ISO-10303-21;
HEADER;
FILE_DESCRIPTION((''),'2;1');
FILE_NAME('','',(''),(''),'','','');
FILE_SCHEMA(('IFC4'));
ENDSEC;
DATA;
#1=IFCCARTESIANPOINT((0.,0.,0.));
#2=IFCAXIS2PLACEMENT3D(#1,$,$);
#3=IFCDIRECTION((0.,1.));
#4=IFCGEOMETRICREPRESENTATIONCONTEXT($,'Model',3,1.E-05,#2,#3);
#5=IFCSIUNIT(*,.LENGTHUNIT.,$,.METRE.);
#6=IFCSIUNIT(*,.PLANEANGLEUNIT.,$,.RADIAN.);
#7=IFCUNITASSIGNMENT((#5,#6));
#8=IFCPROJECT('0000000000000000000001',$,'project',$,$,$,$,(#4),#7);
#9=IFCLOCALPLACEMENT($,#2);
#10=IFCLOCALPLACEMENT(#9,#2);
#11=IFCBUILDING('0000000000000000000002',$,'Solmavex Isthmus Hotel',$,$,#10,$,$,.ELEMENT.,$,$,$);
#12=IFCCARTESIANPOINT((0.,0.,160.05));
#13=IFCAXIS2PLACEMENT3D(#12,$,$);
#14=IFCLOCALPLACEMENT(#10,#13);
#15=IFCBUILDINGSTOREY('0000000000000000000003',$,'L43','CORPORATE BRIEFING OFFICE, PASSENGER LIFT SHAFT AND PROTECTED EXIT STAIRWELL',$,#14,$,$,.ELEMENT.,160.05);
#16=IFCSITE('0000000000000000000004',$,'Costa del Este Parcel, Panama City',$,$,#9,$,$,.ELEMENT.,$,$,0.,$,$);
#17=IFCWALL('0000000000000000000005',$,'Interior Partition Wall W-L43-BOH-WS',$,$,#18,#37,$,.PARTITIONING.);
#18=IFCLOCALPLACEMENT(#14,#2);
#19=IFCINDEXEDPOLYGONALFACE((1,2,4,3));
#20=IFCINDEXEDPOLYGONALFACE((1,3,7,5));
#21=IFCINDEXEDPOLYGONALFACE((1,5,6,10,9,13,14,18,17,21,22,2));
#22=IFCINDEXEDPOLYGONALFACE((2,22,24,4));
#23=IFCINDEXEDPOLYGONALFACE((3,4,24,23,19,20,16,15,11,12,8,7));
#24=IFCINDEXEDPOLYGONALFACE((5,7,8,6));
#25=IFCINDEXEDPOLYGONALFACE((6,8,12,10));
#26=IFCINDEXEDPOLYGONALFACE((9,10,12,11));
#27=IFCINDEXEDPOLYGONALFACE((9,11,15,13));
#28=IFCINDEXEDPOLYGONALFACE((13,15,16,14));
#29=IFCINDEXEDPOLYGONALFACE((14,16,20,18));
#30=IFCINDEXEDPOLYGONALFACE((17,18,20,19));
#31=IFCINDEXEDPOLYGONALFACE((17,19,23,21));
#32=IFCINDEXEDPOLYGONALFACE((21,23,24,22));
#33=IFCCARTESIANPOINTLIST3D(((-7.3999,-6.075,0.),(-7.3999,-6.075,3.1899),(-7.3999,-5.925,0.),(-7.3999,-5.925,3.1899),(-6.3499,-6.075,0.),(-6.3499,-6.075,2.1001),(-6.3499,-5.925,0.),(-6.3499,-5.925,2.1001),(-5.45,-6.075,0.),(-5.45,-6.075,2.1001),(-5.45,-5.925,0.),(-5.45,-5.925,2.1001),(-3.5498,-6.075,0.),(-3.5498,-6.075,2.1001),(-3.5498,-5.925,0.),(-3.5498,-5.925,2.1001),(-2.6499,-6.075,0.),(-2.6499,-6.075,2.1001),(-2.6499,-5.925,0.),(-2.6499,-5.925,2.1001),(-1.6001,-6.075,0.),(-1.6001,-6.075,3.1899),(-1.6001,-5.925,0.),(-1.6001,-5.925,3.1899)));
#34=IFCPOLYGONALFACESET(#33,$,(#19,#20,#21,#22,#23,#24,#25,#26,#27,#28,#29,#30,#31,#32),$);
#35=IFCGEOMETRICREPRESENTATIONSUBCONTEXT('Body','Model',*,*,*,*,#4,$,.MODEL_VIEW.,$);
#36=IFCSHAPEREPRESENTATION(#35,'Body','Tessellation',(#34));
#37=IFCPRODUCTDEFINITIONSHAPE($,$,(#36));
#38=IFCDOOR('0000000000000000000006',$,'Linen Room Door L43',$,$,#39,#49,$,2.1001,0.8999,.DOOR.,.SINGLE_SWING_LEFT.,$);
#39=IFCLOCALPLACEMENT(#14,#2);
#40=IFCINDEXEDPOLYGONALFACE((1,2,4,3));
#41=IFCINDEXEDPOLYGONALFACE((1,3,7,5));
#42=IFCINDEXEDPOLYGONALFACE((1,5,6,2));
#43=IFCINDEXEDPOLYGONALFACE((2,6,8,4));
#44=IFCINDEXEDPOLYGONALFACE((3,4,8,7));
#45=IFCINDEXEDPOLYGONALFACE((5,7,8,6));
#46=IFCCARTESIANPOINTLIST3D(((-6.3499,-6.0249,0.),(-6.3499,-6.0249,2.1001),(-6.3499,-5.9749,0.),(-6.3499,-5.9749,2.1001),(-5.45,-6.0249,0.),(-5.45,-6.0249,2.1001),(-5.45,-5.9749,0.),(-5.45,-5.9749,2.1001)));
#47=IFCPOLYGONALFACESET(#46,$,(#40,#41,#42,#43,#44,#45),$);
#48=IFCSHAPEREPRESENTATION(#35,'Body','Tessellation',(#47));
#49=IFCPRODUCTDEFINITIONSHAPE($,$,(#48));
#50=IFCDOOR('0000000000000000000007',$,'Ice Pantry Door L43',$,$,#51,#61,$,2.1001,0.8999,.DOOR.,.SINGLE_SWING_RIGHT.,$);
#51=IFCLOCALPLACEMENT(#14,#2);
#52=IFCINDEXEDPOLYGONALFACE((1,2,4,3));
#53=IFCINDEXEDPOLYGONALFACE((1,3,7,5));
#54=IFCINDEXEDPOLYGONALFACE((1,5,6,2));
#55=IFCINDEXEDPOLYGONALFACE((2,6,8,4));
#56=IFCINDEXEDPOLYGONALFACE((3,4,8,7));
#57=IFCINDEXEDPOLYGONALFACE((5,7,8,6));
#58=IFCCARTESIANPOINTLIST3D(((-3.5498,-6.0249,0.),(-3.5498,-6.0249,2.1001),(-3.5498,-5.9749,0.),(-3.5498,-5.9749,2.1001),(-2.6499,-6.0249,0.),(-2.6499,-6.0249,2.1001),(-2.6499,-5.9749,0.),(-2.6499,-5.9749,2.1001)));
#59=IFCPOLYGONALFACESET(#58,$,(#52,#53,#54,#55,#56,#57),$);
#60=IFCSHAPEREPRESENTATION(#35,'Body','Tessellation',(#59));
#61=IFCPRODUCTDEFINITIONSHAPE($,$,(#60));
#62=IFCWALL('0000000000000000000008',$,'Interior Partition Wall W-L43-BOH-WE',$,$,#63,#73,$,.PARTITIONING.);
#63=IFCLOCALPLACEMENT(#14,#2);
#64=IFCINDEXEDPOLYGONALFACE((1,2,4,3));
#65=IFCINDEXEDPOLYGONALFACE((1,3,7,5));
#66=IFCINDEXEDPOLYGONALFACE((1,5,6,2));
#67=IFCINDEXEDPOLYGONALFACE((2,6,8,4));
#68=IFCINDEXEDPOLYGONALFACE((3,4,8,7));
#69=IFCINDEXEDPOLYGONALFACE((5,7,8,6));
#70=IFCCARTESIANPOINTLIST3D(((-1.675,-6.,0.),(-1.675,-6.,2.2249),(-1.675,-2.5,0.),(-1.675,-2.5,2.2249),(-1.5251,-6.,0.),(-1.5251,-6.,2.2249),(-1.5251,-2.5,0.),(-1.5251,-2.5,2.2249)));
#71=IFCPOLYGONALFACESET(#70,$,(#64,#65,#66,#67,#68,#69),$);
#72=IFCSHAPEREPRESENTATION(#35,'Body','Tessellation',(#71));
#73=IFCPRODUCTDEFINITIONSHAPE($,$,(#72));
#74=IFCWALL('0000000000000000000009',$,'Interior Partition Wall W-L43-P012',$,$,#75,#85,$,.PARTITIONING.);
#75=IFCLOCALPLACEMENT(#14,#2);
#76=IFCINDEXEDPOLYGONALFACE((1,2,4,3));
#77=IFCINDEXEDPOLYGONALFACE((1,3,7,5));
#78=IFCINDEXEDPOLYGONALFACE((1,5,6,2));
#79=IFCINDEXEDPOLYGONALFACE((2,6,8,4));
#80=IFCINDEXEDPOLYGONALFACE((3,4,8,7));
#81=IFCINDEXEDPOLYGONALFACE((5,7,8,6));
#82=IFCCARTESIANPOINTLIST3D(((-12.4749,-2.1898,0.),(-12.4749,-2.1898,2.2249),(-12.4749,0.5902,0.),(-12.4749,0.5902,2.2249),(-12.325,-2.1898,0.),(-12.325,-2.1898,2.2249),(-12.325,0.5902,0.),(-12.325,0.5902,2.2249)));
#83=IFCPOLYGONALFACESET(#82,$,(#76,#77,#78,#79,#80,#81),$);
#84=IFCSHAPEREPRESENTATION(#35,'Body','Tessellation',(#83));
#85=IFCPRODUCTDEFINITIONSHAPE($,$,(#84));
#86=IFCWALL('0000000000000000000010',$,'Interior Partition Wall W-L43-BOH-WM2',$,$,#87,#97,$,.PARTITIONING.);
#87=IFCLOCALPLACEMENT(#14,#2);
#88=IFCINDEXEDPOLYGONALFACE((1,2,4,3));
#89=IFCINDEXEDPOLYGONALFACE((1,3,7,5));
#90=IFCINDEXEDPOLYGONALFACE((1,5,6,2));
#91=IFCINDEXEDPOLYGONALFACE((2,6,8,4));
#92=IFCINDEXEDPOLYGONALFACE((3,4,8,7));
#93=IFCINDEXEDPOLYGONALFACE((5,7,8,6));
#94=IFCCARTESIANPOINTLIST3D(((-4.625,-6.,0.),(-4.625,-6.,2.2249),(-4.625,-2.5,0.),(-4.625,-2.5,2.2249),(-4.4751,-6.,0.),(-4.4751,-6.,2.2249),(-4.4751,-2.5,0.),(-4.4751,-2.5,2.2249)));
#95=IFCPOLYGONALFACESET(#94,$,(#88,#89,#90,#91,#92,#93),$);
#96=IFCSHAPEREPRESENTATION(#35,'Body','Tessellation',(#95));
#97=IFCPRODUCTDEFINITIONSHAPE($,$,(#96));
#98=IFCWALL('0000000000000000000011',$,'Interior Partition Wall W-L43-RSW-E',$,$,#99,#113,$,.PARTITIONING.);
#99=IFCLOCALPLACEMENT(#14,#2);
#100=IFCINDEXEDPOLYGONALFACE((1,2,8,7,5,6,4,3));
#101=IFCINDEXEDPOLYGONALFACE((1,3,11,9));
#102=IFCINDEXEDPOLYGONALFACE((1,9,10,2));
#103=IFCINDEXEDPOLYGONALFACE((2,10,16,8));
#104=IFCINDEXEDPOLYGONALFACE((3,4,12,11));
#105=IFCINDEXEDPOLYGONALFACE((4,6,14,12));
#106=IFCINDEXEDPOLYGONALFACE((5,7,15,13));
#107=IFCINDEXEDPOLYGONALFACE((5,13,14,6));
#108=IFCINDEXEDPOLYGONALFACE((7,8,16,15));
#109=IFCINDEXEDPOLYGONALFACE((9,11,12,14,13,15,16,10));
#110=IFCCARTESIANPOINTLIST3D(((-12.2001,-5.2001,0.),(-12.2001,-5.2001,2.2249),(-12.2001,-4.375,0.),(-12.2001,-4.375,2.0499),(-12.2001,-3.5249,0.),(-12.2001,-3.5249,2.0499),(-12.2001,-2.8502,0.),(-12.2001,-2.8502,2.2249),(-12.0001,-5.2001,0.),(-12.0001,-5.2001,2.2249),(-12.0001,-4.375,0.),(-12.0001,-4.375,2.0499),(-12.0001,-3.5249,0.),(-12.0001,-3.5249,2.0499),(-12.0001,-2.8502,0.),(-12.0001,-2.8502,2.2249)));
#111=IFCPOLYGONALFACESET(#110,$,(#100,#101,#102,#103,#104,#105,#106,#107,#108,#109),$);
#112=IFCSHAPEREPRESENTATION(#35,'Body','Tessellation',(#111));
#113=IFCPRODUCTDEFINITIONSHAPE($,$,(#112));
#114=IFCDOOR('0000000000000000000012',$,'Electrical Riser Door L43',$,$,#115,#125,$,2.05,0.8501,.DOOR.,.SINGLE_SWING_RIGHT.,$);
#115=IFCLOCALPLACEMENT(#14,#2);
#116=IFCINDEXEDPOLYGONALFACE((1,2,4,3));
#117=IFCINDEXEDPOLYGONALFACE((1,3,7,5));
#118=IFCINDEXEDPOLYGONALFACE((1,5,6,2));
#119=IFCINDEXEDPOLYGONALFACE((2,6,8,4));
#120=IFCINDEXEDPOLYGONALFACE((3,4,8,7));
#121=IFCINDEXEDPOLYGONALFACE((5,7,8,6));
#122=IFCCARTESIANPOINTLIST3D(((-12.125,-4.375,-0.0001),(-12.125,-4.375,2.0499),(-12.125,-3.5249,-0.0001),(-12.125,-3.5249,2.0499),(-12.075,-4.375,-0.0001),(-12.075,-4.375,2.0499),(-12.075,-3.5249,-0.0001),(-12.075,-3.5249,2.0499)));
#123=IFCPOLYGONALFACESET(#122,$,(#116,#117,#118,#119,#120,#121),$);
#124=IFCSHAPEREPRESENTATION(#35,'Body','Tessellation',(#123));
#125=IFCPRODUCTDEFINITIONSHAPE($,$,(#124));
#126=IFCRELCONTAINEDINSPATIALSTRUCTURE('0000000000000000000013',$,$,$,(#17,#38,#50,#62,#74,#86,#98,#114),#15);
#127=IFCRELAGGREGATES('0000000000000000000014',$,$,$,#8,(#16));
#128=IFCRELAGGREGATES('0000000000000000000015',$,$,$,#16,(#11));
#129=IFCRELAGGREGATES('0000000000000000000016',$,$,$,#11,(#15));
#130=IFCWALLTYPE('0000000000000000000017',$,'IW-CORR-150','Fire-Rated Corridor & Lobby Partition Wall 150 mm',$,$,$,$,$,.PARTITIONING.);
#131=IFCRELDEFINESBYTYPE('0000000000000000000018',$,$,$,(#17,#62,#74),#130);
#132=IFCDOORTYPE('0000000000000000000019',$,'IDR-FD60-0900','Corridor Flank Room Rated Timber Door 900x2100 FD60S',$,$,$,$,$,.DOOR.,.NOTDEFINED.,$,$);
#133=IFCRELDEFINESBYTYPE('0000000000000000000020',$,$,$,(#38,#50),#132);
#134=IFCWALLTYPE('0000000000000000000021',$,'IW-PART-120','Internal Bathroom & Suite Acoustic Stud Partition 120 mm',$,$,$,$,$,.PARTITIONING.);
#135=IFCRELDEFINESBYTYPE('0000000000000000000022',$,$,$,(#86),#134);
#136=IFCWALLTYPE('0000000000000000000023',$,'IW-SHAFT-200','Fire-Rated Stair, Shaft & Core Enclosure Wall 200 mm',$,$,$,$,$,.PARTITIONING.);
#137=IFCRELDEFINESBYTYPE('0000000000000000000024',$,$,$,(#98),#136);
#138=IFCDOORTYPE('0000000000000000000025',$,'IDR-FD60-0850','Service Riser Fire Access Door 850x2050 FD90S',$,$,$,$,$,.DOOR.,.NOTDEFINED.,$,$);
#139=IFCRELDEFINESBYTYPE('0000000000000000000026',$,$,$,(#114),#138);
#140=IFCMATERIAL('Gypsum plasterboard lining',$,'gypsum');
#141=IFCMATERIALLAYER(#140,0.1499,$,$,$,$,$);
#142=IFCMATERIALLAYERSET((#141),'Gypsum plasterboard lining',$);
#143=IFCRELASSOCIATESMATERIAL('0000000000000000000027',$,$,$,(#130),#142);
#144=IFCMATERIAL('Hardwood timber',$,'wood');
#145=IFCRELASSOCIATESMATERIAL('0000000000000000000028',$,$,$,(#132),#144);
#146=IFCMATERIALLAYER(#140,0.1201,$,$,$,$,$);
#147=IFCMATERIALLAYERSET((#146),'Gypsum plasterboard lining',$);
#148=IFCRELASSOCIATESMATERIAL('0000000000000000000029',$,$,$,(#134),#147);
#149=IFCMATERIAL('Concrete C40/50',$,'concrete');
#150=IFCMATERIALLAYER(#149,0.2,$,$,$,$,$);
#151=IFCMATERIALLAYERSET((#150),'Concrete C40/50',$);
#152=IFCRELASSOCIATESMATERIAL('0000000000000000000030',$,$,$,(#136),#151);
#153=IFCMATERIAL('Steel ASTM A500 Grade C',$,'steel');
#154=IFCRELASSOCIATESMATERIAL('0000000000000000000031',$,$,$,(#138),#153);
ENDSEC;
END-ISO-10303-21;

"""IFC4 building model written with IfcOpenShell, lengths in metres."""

from ifc_helpers import new_model, si_unit, direction, frame, frame_2d, origin, place, context, subcontext, project, spatial, rectangle, extrude, material, layer, layer_set, type_object, element, fill, save


model = new_model("IFC4")

# Units and contexts
model_context = context("Model", 3, precision=1e-05, world=origin(), true_north=direction((0.0, 1.0)))
body_context = subcontext(model_context, "Body", "Model", "MODEL_VIEW")
ifc_project = project(units=[si_unit("LENGTHUNIT", "METRE"), si_unit("PLANEANGLEUNIT", "RADIAN")], contexts=[model_context])

# Site, building, storey
site_placement = place(None, origin())
site = spatial("IfcSite", under=ifc_project, at=site_placement, Name="Costa del Este Parcel, Panama City", CompositionType="ELEMENT", RefElevation=0.0)
building_placement = place(site_placement, origin())
building = spatial("IfcBuilding", under=site, at=building_placement, Name="Solmavex Isthmus Hotel", CompositionType="ELEMENT")
storey_placement = place(building_placement, frame((0.0, 0.0, 160.05)))
storey = spatial("IfcBuildingStorey", under=building, at=storey_placement, Name="L43", Description="CORPORATE BRIEFING OFFICE, PASSENGER LIFT SHAFT AND PROTECTED EXIT STAIRWELL", CompositionType="ELEMENT", Elevation=160.05)

# Shared definitions
ifc_material_1 = material(Name="Concrete C40/50", Category="concrete")

# Wall, openings, doors
ifc_material_2 = material(Name="Gypsum plasterboard lining", Category="gypsum")
ifc_layer_1 = layer(ifc_material_2, 0.1499)
ifc_layer_set_1 = layer_set([ifc_layer_1], Name="Gypsum plasterboard lining")
wall_type_1 = type_object("IfcWallType", Name="IW-CORR-150", Description="Fire-Rated Corridor & Lobby Partition Wall 150 mm", PredefinedType="PARTITIONING", material=ifc_layer_set_1)
wall_1_placement = place(storey_placement, frame((-7.3999, -6.0, 0.0), z_axis=(0.0, 0.0, 1.0), x_axis=(1.0, 0.0, 0.0)))
wall_1 = element("IfcWall", 1, at=wall_1_placement, inside=storey, type_object=wall_type_1, Name="Interior Partition Wall W-L43-BOH-WS", PredefinedType="PARTITIONING", context=body_context, shape_type="SweptSolid", body=[
    extrude(rectangle(XDim=5.7998, YDim=0.1499, at=frame_2d((2.8999, 0.0))), origin(), (0.0, 0.0, 1.0), 3.1899),
])
opening_1_placement = place(wall_1_placement, frame((1.05, 0.0, 0.0)))
opening_1 = element("IfcOpeningElement", 2, at=opening_1_placement, cuts=wall_1, PredefinedType="OPENING", context=body_context, shape_type="SweptSolid", body=[
    extrude(rectangle(XDim=0.8999, YDim=2.1001, at=frame_2d((0.45, 1.05))), frame((0.0, 0.085, 0.0), z_axis=(0.0, -1.0, 0.0), x_axis=(1.0, 0.0, 0.0)), (0.0, 0.0, 1.0), 0.1699),
])
opening_2_placement = place(wall_1_placement, frame((3.8501, 0.0, 0.0)))
opening_2 = element("IfcOpeningElement", 3, at=opening_2_placement, cuts=wall_1, PredefinedType="OPENING", context=body_context, shape_type="SweptSolid", body=[
    extrude(rectangle(XDim=0.8999, YDim=2.1001, at=frame_2d((0.45, 1.05))), frame((0.0, 0.085, 0.0), z_axis=(0.0, -1.0, 0.0), x_axis=(1.0, 0.0, 0.0)), (0.0, 0.0, 1.0), 0.1699),
])
ifc_material_3 = material(Name="Hardwood timber", Category="wood")
door_type_1 = type_object("IfcDoorType", Name="IDR-FD60-0900", Description="Corridor Flank Room Rated Timber Door 900x2100 FD60S", OperationType="NOTDEFINED", PredefinedType="DOOR", material=ifc_material_3)
door_1_placement = place(opening_1_placement, frame((0.8999, 0.0, 0.0), z_axis=(0.0, 0.0, 1.0), x_axis=(-1.0, 0.0, 0.0)))
door_1 = element("IfcDoor", 4, at=door_1_placement, inside=storey, type_object=door_type_1, Name="Linen Room Door L43", OperationType="SINGLE_SWING_LEFT", OverallHeight=2.1001, OverallWidth=0.8999, PredefinedType="DOOR", context=body_context, shape_type="SweptSolid", body=[
    extrude(rectangle(XDim=0.8999, YDim=2.1001, at=frame_2d((0.45, 1.05))), frame((0.0, 0.0249, 0.0), z_axis=(0.0, -1.0, 0.0), x_axis=(1.0, 0.0, 0.0)), (0.0, 0.0, 1.0), 0.05),
])
fill(opening_1, door_1)
door_2_placement = place(opening_2_placement, frame((0.8999, 0.0, 0.0), z_axis=(0.0, 0.0, 1.0), x_axis=(-1.0, 0.0, 0.0)))
door_2 = element("IfcDoor", 5, at=door_2_placement, inside=storey, type_object=door_type_1, Name="Ice Pantry Door L43", OperationType="SINGLE_SWING_RIGHT", OverallHeight=2.1001, OverallWidth=0.8999, PredefinedType="DOOR", context=body_context, shape_type="SweptSolid", body=[
    extrude(rectangle(XDim=0.8999, YDim=2.1001, at=frame_2d((0.45, 1.05))), frame((0.0, 0.0249, 0.0), z_axis=(0.0, -1.0, 0.0), x_axis=(1.0, 0.0, 0.0)), (0.0, 0.0, 1.0), 0.05),
])
fill(opening_2, door_2)

# Walls
wall_2_placement = place(storey_placement, frame((-1.6001, -6.0, 0.0), z_axis=(0.0, 0.0, 1.0), x_axis=(0.0, 1.0, 0.0)))
element("IfcWall", 6, at=wall_2_placement, inside=storey, type_object=wall_type_1, Name="Interior Partition Wall W-L43-BOH-WE", PredefinedType="PARTITIONING", context=body_context, shape_type="SweptSolid", body=[
    extrude(rectangle(XDim=3.5, YDim=0.1499, at=frame_2d((1.75, 0.0))), origin(), (0.0, 0.0, 1.0), 2.2249),
])
wall_3_placement = place(storey_placement, frame((-12.3999, -2.1899, 0.0), z_axis=(0.0, 0.0, 1.0), x_axis=(0.0, 1.0, 0.0)))
element("IfcWall", 7, at=wall_3_placement, inside=storey, type_object=wall_type_1, Name="Interior Partition Wall W-L43-P012", PredefinedType="PARTITIONING", context=body_context, shape_type="SweptSolid", body=[
    extrude(rectangle(XDim=2.78, YDim=0.1499, at=frame_2d((1.3901, 0.0))), origin(), (0.0, 0.0, 1.0), 2.2249),
])
ifc_layer_2 = layer(ifc_material_2, 0.1201)
ifc_layer_set_2 = layer_set([ifc_layer_2], Name="Gypsum plasterboard lining")
wall_type_2 = type_object("IfcWallType", Name="IW-PART-120", Description="Internal Bathroom & Suite Acoustic Stud Partition 120 mm", PredefinedType="PARTITIONING", material=ifc_layer_set_2)
wall_4_placement = place(storey_placement, frame((-4.55, -6.0, 0.0), z_axis=(0.0, 0.0, 1.0), x_axis=(0.0, 1.0, 0.0)))
element("IfcWall", 8, at=wall_4_placement, inside=storey, type_object=wall_type_2, Name="Interior Partition Wall W-L43-BOH-WM2", PredefinedType="PARTITIONING", context=body_context, shape_type="SweptSolid", body=[
    extrude(rectangle(XDim=3.5, YDim=0.1499, at=frame_2d((1.75, 0.0))), origin(), (0.0, 0.0, 1.0), 2.2249),
])

# Wall, opening, door
ifc_layer_3 = layer(ifc_material_1, 0.2)
ifc_layer_set_3 = layer_set([ifc_layer_3], Name="Concrete C40/50")
wall_type_3 = type_object("IfcWallType", Name="IW-SHAFT-200", Description="Fire-Rated Stair, Shaft & Core Enclosure Wall 200 mm", PredefinedType="PARTITIONING", material=ifc_layer_set_3)
wall_5_placement = place(storey_placement, frame((-12.1001, -5.2, 0.0), z_axis=(0.0, 0.0, 1.0), x_axis=(0.0, 1.0, 0.0)))
wall_5 = element("IfcWall", 9, at=wall_5_placement, inside=storey, type_object=wall_type_3, Name="Interior Partition Wall W-L43-RSW-E", PredefinedType="PARTITIONING", context=body_context, shape_type="SweptSolid", body=[
    extrude(rectangle(XDim=2.3499, YDim=0.2, at=frame_2d((1.1748, 0.0))), origin(), (0.0, 0.0, 1.0), 2.2249),
])
opening_3_placement = place(wall_5_placement, frame((0.825, 0.0, 0.0)))
opening_3 = element("IfcOpeningElement", 10, at=opening_3_placement, cuts=wall_5, PredefinedType="OPENING", context=body_context, shape_type="SweptSolid", body=[
    extrude(rectangle(XDim=0.8501, YDim=2.05, at=frame_2d((0.425, 1.0249))), frame((0.0, 0.1099, 0.0), z_axis=(0.0, -1.0, 0.0), x_axis=(1.0, 0.0, 0.0)), (0.0, 0.0, 1.0), 0.22),
])
ifc_material_4 = material(Name="Steel ASTM A500 Grade C", Category="steel")
door_type_2 = type_object("IfcDoorType", Name="IDR-FD60-0850", Description="Service Riser Fire Access Door 850x2050 FD90S", OperationType="NOTDEFINED", PredefinedType="DOOR", material=ifc_material_4)
door_3_placement = place(opening_3_placement, origin())
door_3 = element("IfcDoor", 11, at=door_3_placement, inside=storey, type_object=door_type_2, Name="Electrical Riser Door L43", OperationType="SINGLE_SWING_RIGHT", OverallHeight=2.05, OverallWidth=0.8501, PredefinedType="DOOR", context=body_context, shape_type="SweptSolid", body=[
    extrude(rectangle(XDim=0.8501, YDim=2.05, at=frame_2d((0.425, 1.0249))), frame((0.0, 0.0249, 0.0), z_axis=(0.0, -1.0, 0.0), x_axis=(1.0, 0.0, 0.0)), (0.0, 0.0, 1.0), 0.05),
])
fill(opening_3, door_3)

save(model, "model.ifc")
